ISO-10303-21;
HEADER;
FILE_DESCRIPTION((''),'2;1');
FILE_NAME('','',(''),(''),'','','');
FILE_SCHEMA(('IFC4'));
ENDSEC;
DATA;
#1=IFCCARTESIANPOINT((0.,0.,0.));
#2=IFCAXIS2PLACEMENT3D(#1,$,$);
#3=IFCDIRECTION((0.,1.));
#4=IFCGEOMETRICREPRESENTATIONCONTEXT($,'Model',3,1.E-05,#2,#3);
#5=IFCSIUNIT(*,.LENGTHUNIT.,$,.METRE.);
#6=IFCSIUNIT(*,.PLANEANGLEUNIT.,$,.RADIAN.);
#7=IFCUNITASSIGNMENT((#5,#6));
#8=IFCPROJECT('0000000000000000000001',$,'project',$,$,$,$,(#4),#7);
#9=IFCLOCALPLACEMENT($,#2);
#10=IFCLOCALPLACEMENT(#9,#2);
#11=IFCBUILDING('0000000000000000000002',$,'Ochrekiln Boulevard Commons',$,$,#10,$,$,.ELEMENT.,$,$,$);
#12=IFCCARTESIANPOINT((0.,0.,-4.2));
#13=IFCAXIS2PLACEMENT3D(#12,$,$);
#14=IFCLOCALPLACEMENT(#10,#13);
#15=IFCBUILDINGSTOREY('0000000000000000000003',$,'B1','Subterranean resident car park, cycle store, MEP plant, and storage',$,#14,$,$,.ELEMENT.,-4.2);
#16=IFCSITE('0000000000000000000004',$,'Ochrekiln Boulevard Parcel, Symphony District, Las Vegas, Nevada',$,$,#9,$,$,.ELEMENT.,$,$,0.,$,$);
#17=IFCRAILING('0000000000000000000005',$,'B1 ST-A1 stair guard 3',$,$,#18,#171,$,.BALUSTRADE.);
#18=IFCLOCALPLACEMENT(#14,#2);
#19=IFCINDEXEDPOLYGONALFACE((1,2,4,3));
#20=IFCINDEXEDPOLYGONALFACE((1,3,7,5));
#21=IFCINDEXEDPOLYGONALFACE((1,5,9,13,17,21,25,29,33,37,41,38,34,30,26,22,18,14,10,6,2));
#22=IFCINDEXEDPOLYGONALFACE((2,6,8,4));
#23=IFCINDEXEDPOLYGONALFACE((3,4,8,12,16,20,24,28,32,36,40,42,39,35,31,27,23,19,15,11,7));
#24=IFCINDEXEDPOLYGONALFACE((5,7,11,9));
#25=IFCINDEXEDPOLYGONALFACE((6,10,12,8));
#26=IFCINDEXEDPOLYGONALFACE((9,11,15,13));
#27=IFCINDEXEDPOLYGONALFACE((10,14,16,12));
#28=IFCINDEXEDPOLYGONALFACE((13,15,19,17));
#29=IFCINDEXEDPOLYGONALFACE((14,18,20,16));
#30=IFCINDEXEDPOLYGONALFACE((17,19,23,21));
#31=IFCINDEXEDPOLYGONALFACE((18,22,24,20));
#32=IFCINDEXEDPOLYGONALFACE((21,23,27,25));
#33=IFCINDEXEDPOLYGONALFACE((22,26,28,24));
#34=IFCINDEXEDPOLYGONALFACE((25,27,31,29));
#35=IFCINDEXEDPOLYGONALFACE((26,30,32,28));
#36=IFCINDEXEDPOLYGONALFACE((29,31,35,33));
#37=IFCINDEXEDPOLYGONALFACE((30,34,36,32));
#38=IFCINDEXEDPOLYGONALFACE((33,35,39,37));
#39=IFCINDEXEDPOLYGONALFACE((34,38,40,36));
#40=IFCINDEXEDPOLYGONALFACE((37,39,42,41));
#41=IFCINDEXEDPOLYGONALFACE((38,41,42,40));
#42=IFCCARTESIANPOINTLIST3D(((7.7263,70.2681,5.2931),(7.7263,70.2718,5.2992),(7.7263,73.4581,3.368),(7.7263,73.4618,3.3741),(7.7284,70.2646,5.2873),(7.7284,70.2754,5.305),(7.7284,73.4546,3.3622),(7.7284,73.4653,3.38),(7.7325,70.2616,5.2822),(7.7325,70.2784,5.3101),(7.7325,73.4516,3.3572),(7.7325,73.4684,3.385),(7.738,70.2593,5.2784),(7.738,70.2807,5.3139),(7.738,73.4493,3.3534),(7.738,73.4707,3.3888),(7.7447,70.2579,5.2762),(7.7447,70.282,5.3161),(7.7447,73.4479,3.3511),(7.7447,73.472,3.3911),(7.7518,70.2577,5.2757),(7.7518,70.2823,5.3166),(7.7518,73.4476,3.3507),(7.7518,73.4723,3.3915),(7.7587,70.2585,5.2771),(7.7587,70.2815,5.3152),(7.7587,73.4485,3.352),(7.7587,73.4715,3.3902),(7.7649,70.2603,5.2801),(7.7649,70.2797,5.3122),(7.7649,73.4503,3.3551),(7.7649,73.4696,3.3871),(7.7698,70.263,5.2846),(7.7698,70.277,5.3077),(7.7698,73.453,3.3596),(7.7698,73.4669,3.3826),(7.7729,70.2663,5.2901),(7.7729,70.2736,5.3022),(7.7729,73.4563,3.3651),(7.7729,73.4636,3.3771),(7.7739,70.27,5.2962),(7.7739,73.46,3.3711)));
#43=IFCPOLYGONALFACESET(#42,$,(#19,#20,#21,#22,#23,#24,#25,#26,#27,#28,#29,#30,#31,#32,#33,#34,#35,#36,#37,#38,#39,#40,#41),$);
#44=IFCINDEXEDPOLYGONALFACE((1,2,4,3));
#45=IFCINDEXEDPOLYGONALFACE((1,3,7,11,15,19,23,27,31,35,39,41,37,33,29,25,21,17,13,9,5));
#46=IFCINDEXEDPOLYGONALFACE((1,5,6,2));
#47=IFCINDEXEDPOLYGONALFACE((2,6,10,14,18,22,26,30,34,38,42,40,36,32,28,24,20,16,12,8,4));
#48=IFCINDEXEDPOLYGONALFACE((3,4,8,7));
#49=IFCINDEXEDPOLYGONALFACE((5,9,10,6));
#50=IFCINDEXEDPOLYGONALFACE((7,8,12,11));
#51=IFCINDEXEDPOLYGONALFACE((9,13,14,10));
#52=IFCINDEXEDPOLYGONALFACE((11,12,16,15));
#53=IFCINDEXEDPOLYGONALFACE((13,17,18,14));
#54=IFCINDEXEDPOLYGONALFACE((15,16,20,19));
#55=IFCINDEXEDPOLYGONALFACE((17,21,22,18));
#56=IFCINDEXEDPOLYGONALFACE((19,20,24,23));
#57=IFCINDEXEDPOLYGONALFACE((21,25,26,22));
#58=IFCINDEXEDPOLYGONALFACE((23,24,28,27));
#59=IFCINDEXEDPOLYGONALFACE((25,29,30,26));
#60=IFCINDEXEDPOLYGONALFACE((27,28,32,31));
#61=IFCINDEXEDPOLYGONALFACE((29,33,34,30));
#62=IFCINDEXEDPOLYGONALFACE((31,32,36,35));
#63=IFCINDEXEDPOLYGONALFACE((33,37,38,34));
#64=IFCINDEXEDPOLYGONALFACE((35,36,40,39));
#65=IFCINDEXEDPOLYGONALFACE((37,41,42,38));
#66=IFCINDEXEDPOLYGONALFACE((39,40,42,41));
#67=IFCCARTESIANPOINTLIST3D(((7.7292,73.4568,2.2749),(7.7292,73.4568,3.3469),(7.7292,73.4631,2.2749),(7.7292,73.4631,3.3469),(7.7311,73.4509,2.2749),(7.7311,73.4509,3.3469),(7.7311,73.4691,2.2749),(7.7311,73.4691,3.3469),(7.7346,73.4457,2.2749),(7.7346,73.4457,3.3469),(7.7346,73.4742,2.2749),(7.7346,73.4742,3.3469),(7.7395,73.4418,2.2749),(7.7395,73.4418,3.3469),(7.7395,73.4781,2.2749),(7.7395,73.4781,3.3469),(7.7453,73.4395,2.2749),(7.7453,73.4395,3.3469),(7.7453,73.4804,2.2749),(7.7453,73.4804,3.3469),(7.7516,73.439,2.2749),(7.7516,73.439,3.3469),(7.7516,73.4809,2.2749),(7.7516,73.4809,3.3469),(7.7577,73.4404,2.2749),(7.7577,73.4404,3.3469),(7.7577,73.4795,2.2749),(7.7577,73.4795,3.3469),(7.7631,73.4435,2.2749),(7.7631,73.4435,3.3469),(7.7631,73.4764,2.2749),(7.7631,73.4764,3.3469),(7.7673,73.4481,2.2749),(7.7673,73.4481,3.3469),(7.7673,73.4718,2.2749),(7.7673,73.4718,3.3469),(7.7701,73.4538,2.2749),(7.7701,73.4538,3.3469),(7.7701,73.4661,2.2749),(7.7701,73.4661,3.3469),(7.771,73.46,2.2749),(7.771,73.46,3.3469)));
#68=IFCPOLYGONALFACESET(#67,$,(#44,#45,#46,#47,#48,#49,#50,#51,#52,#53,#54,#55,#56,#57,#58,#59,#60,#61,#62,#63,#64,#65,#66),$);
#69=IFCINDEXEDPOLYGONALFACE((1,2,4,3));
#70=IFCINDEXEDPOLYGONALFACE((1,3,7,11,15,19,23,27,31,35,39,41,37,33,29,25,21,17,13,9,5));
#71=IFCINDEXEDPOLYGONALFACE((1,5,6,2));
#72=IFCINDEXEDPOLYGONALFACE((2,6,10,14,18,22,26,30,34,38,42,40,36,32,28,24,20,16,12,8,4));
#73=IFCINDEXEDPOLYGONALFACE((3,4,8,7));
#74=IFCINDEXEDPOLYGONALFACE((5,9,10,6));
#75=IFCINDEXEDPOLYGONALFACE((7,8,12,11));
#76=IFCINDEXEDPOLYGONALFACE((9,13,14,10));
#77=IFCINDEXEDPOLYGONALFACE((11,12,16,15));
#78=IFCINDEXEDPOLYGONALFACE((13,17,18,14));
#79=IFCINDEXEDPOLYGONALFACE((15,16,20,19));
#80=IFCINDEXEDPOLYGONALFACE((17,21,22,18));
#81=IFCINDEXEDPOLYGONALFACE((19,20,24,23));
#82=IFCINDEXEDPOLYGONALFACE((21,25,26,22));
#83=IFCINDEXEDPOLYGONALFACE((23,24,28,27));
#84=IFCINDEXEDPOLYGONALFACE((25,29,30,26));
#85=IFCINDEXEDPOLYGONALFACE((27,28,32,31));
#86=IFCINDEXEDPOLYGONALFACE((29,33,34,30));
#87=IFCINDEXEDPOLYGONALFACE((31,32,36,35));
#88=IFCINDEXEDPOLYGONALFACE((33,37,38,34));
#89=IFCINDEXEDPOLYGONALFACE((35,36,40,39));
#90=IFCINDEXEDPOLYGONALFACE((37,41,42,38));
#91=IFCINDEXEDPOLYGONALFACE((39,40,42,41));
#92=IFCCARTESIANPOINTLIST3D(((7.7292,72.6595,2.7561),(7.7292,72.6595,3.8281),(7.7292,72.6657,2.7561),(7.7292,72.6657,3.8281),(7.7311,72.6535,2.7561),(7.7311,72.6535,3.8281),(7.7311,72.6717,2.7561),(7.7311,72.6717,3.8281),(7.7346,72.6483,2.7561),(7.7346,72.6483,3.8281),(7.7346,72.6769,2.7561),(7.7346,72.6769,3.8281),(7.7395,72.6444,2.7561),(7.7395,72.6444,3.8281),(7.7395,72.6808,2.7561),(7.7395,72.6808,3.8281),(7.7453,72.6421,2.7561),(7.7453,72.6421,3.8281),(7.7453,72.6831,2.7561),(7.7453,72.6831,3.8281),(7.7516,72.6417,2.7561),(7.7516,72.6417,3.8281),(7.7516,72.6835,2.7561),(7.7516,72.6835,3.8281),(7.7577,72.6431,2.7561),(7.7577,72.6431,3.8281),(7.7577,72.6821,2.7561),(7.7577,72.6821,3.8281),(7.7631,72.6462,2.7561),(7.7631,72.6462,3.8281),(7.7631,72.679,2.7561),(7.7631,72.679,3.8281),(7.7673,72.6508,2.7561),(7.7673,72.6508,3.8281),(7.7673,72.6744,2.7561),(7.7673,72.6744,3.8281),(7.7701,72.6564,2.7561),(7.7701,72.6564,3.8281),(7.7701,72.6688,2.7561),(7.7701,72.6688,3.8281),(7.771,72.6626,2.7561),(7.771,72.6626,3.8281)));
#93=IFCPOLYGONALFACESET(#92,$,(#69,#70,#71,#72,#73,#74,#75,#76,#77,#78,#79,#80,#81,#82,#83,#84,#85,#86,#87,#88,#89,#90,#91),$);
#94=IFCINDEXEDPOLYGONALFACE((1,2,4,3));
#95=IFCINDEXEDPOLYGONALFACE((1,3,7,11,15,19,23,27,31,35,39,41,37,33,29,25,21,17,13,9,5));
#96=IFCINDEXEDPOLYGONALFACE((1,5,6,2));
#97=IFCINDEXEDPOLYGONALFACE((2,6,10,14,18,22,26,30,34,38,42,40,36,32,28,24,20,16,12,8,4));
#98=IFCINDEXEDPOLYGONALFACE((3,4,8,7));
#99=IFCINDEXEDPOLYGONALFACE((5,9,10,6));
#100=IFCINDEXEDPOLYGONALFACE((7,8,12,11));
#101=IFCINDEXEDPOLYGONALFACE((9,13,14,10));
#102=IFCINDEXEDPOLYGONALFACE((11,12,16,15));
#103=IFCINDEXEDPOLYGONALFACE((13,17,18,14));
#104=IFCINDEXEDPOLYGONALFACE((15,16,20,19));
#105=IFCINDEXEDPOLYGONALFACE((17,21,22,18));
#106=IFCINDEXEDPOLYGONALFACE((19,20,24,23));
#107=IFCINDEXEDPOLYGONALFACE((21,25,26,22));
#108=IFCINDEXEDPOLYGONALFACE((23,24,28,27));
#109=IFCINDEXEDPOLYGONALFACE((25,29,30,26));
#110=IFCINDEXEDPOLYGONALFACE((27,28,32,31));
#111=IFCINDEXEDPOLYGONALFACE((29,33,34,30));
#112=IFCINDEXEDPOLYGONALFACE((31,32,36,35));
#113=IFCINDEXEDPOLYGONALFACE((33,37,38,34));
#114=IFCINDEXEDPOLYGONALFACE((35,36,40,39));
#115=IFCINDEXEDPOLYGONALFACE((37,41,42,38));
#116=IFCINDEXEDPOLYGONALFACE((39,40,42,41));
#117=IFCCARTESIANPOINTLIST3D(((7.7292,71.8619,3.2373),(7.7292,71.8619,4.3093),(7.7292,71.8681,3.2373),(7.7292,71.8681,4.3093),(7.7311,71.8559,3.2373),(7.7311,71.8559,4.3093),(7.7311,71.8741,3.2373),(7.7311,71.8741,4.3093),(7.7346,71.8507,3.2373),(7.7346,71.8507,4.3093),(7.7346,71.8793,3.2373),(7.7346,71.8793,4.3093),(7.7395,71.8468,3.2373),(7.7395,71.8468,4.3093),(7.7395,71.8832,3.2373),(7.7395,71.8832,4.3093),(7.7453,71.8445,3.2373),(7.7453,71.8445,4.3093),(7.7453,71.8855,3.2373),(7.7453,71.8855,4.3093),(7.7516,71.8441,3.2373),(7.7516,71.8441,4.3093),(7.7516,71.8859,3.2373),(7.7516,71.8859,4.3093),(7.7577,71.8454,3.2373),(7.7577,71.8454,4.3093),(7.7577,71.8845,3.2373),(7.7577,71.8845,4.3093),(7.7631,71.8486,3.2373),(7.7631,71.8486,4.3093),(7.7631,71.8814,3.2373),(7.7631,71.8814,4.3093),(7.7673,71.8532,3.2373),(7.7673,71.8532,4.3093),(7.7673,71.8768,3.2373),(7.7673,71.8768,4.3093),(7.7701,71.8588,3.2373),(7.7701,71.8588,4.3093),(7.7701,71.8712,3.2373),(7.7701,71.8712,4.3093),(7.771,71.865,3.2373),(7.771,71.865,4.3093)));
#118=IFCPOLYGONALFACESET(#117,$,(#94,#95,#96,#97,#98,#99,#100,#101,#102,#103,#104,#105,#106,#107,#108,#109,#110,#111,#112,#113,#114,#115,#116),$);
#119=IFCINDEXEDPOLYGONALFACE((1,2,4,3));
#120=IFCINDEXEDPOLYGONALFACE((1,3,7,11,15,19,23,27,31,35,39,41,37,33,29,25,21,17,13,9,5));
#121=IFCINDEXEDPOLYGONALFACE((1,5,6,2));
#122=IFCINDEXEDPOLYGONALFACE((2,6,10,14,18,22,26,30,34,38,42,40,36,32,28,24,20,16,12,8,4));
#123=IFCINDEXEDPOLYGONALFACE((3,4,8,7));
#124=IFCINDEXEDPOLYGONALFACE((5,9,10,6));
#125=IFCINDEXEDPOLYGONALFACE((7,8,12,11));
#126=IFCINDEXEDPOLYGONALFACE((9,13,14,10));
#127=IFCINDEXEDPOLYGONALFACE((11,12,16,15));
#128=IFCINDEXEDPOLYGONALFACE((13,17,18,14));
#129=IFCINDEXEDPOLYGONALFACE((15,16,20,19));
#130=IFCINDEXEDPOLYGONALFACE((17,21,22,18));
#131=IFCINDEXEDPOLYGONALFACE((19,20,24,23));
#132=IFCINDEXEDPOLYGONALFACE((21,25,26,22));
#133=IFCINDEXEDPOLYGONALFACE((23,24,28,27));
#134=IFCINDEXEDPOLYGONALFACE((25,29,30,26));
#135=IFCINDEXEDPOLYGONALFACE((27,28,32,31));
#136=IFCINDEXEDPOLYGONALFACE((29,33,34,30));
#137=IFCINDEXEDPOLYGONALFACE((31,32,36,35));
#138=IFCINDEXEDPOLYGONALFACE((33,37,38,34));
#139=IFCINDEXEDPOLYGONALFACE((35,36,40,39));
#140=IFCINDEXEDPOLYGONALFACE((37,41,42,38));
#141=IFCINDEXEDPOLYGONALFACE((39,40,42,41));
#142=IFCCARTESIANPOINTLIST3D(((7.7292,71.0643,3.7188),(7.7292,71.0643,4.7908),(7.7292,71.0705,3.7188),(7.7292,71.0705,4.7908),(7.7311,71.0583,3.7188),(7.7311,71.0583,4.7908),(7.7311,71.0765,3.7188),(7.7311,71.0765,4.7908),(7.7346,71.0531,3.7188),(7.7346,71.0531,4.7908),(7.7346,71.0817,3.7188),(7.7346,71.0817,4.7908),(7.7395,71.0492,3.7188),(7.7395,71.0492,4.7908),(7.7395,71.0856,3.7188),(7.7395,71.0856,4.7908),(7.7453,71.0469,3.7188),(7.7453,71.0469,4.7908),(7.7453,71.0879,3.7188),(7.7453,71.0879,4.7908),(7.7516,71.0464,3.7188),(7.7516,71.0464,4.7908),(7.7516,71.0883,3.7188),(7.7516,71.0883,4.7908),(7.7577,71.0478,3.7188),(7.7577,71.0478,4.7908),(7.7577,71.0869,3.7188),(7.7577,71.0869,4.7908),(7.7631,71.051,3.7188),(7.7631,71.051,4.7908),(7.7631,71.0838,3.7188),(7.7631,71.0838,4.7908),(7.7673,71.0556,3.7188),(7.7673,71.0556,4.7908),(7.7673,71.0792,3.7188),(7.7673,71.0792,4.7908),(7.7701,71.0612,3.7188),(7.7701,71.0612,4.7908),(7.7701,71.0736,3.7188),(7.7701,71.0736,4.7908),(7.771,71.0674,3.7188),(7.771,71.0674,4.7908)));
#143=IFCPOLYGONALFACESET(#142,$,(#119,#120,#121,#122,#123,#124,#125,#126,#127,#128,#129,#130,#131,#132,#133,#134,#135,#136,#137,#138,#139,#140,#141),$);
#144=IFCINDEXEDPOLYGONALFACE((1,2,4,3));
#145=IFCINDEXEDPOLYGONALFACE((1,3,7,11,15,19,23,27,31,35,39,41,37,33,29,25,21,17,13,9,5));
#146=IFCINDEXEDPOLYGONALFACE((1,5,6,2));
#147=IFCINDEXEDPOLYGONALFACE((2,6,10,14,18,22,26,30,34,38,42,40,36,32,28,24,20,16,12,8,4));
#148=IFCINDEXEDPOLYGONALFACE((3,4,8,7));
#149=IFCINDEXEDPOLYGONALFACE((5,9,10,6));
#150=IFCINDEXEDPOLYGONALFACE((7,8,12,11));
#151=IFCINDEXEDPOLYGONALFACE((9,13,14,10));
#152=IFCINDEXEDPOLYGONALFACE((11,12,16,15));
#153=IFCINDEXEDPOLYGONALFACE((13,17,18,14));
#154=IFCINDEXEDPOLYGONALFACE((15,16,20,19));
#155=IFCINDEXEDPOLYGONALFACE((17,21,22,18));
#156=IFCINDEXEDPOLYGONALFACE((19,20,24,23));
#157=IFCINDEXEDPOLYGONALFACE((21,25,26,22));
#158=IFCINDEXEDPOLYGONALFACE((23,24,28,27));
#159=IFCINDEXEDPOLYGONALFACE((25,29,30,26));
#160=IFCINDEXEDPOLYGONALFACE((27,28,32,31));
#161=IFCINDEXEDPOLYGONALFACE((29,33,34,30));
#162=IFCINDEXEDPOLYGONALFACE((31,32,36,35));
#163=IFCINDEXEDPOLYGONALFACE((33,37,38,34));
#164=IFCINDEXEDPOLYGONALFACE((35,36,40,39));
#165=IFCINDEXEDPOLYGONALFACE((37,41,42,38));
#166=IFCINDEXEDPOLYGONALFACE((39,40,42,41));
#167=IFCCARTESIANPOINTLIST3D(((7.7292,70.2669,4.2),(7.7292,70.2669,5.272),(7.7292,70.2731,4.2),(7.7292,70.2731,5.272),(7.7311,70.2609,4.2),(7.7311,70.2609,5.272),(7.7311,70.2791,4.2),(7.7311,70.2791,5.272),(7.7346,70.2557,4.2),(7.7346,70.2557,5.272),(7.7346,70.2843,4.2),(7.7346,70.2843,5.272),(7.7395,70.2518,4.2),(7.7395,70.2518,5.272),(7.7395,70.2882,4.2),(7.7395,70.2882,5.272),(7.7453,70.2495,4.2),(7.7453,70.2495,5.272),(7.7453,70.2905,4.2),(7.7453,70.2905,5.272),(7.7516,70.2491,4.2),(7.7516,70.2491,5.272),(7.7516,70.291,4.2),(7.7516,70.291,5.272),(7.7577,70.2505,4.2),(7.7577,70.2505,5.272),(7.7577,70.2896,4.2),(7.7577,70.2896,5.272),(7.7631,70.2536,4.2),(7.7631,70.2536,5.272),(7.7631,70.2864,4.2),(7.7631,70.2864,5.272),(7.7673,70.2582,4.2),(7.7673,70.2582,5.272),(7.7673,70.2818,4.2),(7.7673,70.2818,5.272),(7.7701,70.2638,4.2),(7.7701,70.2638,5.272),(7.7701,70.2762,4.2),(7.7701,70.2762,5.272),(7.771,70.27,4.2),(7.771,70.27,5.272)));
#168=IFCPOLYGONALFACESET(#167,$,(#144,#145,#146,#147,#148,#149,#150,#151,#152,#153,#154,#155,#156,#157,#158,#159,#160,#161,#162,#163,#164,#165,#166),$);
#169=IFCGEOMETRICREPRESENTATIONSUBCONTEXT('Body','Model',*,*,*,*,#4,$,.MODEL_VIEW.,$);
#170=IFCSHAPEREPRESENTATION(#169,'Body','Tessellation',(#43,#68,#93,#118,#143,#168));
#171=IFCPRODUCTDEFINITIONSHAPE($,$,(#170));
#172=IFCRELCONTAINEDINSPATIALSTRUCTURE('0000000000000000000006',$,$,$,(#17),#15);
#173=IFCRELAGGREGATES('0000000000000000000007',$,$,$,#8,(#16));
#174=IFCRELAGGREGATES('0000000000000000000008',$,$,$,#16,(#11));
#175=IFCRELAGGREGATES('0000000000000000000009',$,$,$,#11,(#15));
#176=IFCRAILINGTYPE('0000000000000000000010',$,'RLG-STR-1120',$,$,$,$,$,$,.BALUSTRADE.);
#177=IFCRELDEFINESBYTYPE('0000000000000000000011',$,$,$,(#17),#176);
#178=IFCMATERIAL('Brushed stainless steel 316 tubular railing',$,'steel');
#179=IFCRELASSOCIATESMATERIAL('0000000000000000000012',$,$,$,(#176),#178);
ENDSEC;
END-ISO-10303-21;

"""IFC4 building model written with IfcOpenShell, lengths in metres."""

from ifc_helpers import new_model, si_unit, direction, frame, origin, origin_2d, place, context, subcontext, project, spatial, circle, extrude, material, type_object, element, save


model = new_model("IFC4")

# Units and contexts
model_context = context("Model", 3, precision=1e-05, world=origin(), true_north=direction((0.0, 1.0)))
body_context = subcontext(model_context, "Body", "Model", "MODEL_VIEW")
ifc_project = project(units=[si_unit("LENGTHUNIT", "METRE"), si_unit("PLANEANGLEUNIT", "RADIAN")], contexts=[model_context])

# Site, building, storey
site_placement = place(None, origin())
site = spatial("IfcSite", under=ifc_project, at=site_placement, Name="Ochrekiln Boulevard Parcel, Symphony District, Las Vegas, Nevada", CompositionType="ELEMENT", RefElevation=0.0)
building_placement = place(site_placement, origin())
building = spatial("IfcBuilding", under=site, at=building_placement, Name="Ochrekiln Boulevard Commons", CompositionType="ELEMENT")
storey_placement = place(building_placement, frame((0.0, 0.0, -4.2)))
storey = spatial("IfcBuildingStorey", under=building, at=storey_placement, Name="B1", Description="Subterranean resident car park, cycle store, MEP plant, and storage", CompositionType="ELEMENT", Elevation=-4.2)

# Railing
ifc_material_1 = material(Name="Brushed stainless steel 316 tubular railing", Category="steel")
railing_type_1 = type_object("IfcRailingType", Name="RLG-STR-1120", PredefinedType="BALUSTRADE", material=ifc_material_1)
railing_1_placement = place(storey_placement, frame((7.75, 73.46, 2.2749)))
element("IfcRailing", 1, at=railing_1_placement, inside=storey, type_object=railing_type_1, Name="B1 ST-A1 stair guard 3", PredefinedType="BALUSTRADE", context=body_context, shape_type="SweptSolid", body=[
    extrude(circle(Radius=0.0239, at=origin_2d()), frame((0.0, 0.0, 1.0962), z_axis=(0.0, -0.856178, 0.516682), x_axis=(1.0, 0.0, 0.0)), (0.0, 0.0, 1.0), 3.7258),
    extrude(circle(Radius=0.021, at=origin_2d()), origin(), (0.0, 0.0, 1.0), 1.072),
    extrude(circle(Radius=0.021, at=origin_2d()), frame((0.0, -0.7974, 0.4812)), (0.0, 0.0, 1.0), 1.072),
    extrude(circle(Radius=0.021, at=origin_2d()), frame((0.0, -1.595, 0.9624)), (0.0, 0.0, 1.0), 1.072),
    extrude(circle(Radius=0.021, at=origin_2d()), frame((0.0, -2.3926, 1.4438)), (0.0, 0.0, 1.0), 1.072),
    extrude(circle(Radius=0.021, at=origin_2d()), frame((0.0, -3.1899, 1.925)), (0.0, 0.0, 1.0), 1.072),
])

save(model, "model.ifc")
